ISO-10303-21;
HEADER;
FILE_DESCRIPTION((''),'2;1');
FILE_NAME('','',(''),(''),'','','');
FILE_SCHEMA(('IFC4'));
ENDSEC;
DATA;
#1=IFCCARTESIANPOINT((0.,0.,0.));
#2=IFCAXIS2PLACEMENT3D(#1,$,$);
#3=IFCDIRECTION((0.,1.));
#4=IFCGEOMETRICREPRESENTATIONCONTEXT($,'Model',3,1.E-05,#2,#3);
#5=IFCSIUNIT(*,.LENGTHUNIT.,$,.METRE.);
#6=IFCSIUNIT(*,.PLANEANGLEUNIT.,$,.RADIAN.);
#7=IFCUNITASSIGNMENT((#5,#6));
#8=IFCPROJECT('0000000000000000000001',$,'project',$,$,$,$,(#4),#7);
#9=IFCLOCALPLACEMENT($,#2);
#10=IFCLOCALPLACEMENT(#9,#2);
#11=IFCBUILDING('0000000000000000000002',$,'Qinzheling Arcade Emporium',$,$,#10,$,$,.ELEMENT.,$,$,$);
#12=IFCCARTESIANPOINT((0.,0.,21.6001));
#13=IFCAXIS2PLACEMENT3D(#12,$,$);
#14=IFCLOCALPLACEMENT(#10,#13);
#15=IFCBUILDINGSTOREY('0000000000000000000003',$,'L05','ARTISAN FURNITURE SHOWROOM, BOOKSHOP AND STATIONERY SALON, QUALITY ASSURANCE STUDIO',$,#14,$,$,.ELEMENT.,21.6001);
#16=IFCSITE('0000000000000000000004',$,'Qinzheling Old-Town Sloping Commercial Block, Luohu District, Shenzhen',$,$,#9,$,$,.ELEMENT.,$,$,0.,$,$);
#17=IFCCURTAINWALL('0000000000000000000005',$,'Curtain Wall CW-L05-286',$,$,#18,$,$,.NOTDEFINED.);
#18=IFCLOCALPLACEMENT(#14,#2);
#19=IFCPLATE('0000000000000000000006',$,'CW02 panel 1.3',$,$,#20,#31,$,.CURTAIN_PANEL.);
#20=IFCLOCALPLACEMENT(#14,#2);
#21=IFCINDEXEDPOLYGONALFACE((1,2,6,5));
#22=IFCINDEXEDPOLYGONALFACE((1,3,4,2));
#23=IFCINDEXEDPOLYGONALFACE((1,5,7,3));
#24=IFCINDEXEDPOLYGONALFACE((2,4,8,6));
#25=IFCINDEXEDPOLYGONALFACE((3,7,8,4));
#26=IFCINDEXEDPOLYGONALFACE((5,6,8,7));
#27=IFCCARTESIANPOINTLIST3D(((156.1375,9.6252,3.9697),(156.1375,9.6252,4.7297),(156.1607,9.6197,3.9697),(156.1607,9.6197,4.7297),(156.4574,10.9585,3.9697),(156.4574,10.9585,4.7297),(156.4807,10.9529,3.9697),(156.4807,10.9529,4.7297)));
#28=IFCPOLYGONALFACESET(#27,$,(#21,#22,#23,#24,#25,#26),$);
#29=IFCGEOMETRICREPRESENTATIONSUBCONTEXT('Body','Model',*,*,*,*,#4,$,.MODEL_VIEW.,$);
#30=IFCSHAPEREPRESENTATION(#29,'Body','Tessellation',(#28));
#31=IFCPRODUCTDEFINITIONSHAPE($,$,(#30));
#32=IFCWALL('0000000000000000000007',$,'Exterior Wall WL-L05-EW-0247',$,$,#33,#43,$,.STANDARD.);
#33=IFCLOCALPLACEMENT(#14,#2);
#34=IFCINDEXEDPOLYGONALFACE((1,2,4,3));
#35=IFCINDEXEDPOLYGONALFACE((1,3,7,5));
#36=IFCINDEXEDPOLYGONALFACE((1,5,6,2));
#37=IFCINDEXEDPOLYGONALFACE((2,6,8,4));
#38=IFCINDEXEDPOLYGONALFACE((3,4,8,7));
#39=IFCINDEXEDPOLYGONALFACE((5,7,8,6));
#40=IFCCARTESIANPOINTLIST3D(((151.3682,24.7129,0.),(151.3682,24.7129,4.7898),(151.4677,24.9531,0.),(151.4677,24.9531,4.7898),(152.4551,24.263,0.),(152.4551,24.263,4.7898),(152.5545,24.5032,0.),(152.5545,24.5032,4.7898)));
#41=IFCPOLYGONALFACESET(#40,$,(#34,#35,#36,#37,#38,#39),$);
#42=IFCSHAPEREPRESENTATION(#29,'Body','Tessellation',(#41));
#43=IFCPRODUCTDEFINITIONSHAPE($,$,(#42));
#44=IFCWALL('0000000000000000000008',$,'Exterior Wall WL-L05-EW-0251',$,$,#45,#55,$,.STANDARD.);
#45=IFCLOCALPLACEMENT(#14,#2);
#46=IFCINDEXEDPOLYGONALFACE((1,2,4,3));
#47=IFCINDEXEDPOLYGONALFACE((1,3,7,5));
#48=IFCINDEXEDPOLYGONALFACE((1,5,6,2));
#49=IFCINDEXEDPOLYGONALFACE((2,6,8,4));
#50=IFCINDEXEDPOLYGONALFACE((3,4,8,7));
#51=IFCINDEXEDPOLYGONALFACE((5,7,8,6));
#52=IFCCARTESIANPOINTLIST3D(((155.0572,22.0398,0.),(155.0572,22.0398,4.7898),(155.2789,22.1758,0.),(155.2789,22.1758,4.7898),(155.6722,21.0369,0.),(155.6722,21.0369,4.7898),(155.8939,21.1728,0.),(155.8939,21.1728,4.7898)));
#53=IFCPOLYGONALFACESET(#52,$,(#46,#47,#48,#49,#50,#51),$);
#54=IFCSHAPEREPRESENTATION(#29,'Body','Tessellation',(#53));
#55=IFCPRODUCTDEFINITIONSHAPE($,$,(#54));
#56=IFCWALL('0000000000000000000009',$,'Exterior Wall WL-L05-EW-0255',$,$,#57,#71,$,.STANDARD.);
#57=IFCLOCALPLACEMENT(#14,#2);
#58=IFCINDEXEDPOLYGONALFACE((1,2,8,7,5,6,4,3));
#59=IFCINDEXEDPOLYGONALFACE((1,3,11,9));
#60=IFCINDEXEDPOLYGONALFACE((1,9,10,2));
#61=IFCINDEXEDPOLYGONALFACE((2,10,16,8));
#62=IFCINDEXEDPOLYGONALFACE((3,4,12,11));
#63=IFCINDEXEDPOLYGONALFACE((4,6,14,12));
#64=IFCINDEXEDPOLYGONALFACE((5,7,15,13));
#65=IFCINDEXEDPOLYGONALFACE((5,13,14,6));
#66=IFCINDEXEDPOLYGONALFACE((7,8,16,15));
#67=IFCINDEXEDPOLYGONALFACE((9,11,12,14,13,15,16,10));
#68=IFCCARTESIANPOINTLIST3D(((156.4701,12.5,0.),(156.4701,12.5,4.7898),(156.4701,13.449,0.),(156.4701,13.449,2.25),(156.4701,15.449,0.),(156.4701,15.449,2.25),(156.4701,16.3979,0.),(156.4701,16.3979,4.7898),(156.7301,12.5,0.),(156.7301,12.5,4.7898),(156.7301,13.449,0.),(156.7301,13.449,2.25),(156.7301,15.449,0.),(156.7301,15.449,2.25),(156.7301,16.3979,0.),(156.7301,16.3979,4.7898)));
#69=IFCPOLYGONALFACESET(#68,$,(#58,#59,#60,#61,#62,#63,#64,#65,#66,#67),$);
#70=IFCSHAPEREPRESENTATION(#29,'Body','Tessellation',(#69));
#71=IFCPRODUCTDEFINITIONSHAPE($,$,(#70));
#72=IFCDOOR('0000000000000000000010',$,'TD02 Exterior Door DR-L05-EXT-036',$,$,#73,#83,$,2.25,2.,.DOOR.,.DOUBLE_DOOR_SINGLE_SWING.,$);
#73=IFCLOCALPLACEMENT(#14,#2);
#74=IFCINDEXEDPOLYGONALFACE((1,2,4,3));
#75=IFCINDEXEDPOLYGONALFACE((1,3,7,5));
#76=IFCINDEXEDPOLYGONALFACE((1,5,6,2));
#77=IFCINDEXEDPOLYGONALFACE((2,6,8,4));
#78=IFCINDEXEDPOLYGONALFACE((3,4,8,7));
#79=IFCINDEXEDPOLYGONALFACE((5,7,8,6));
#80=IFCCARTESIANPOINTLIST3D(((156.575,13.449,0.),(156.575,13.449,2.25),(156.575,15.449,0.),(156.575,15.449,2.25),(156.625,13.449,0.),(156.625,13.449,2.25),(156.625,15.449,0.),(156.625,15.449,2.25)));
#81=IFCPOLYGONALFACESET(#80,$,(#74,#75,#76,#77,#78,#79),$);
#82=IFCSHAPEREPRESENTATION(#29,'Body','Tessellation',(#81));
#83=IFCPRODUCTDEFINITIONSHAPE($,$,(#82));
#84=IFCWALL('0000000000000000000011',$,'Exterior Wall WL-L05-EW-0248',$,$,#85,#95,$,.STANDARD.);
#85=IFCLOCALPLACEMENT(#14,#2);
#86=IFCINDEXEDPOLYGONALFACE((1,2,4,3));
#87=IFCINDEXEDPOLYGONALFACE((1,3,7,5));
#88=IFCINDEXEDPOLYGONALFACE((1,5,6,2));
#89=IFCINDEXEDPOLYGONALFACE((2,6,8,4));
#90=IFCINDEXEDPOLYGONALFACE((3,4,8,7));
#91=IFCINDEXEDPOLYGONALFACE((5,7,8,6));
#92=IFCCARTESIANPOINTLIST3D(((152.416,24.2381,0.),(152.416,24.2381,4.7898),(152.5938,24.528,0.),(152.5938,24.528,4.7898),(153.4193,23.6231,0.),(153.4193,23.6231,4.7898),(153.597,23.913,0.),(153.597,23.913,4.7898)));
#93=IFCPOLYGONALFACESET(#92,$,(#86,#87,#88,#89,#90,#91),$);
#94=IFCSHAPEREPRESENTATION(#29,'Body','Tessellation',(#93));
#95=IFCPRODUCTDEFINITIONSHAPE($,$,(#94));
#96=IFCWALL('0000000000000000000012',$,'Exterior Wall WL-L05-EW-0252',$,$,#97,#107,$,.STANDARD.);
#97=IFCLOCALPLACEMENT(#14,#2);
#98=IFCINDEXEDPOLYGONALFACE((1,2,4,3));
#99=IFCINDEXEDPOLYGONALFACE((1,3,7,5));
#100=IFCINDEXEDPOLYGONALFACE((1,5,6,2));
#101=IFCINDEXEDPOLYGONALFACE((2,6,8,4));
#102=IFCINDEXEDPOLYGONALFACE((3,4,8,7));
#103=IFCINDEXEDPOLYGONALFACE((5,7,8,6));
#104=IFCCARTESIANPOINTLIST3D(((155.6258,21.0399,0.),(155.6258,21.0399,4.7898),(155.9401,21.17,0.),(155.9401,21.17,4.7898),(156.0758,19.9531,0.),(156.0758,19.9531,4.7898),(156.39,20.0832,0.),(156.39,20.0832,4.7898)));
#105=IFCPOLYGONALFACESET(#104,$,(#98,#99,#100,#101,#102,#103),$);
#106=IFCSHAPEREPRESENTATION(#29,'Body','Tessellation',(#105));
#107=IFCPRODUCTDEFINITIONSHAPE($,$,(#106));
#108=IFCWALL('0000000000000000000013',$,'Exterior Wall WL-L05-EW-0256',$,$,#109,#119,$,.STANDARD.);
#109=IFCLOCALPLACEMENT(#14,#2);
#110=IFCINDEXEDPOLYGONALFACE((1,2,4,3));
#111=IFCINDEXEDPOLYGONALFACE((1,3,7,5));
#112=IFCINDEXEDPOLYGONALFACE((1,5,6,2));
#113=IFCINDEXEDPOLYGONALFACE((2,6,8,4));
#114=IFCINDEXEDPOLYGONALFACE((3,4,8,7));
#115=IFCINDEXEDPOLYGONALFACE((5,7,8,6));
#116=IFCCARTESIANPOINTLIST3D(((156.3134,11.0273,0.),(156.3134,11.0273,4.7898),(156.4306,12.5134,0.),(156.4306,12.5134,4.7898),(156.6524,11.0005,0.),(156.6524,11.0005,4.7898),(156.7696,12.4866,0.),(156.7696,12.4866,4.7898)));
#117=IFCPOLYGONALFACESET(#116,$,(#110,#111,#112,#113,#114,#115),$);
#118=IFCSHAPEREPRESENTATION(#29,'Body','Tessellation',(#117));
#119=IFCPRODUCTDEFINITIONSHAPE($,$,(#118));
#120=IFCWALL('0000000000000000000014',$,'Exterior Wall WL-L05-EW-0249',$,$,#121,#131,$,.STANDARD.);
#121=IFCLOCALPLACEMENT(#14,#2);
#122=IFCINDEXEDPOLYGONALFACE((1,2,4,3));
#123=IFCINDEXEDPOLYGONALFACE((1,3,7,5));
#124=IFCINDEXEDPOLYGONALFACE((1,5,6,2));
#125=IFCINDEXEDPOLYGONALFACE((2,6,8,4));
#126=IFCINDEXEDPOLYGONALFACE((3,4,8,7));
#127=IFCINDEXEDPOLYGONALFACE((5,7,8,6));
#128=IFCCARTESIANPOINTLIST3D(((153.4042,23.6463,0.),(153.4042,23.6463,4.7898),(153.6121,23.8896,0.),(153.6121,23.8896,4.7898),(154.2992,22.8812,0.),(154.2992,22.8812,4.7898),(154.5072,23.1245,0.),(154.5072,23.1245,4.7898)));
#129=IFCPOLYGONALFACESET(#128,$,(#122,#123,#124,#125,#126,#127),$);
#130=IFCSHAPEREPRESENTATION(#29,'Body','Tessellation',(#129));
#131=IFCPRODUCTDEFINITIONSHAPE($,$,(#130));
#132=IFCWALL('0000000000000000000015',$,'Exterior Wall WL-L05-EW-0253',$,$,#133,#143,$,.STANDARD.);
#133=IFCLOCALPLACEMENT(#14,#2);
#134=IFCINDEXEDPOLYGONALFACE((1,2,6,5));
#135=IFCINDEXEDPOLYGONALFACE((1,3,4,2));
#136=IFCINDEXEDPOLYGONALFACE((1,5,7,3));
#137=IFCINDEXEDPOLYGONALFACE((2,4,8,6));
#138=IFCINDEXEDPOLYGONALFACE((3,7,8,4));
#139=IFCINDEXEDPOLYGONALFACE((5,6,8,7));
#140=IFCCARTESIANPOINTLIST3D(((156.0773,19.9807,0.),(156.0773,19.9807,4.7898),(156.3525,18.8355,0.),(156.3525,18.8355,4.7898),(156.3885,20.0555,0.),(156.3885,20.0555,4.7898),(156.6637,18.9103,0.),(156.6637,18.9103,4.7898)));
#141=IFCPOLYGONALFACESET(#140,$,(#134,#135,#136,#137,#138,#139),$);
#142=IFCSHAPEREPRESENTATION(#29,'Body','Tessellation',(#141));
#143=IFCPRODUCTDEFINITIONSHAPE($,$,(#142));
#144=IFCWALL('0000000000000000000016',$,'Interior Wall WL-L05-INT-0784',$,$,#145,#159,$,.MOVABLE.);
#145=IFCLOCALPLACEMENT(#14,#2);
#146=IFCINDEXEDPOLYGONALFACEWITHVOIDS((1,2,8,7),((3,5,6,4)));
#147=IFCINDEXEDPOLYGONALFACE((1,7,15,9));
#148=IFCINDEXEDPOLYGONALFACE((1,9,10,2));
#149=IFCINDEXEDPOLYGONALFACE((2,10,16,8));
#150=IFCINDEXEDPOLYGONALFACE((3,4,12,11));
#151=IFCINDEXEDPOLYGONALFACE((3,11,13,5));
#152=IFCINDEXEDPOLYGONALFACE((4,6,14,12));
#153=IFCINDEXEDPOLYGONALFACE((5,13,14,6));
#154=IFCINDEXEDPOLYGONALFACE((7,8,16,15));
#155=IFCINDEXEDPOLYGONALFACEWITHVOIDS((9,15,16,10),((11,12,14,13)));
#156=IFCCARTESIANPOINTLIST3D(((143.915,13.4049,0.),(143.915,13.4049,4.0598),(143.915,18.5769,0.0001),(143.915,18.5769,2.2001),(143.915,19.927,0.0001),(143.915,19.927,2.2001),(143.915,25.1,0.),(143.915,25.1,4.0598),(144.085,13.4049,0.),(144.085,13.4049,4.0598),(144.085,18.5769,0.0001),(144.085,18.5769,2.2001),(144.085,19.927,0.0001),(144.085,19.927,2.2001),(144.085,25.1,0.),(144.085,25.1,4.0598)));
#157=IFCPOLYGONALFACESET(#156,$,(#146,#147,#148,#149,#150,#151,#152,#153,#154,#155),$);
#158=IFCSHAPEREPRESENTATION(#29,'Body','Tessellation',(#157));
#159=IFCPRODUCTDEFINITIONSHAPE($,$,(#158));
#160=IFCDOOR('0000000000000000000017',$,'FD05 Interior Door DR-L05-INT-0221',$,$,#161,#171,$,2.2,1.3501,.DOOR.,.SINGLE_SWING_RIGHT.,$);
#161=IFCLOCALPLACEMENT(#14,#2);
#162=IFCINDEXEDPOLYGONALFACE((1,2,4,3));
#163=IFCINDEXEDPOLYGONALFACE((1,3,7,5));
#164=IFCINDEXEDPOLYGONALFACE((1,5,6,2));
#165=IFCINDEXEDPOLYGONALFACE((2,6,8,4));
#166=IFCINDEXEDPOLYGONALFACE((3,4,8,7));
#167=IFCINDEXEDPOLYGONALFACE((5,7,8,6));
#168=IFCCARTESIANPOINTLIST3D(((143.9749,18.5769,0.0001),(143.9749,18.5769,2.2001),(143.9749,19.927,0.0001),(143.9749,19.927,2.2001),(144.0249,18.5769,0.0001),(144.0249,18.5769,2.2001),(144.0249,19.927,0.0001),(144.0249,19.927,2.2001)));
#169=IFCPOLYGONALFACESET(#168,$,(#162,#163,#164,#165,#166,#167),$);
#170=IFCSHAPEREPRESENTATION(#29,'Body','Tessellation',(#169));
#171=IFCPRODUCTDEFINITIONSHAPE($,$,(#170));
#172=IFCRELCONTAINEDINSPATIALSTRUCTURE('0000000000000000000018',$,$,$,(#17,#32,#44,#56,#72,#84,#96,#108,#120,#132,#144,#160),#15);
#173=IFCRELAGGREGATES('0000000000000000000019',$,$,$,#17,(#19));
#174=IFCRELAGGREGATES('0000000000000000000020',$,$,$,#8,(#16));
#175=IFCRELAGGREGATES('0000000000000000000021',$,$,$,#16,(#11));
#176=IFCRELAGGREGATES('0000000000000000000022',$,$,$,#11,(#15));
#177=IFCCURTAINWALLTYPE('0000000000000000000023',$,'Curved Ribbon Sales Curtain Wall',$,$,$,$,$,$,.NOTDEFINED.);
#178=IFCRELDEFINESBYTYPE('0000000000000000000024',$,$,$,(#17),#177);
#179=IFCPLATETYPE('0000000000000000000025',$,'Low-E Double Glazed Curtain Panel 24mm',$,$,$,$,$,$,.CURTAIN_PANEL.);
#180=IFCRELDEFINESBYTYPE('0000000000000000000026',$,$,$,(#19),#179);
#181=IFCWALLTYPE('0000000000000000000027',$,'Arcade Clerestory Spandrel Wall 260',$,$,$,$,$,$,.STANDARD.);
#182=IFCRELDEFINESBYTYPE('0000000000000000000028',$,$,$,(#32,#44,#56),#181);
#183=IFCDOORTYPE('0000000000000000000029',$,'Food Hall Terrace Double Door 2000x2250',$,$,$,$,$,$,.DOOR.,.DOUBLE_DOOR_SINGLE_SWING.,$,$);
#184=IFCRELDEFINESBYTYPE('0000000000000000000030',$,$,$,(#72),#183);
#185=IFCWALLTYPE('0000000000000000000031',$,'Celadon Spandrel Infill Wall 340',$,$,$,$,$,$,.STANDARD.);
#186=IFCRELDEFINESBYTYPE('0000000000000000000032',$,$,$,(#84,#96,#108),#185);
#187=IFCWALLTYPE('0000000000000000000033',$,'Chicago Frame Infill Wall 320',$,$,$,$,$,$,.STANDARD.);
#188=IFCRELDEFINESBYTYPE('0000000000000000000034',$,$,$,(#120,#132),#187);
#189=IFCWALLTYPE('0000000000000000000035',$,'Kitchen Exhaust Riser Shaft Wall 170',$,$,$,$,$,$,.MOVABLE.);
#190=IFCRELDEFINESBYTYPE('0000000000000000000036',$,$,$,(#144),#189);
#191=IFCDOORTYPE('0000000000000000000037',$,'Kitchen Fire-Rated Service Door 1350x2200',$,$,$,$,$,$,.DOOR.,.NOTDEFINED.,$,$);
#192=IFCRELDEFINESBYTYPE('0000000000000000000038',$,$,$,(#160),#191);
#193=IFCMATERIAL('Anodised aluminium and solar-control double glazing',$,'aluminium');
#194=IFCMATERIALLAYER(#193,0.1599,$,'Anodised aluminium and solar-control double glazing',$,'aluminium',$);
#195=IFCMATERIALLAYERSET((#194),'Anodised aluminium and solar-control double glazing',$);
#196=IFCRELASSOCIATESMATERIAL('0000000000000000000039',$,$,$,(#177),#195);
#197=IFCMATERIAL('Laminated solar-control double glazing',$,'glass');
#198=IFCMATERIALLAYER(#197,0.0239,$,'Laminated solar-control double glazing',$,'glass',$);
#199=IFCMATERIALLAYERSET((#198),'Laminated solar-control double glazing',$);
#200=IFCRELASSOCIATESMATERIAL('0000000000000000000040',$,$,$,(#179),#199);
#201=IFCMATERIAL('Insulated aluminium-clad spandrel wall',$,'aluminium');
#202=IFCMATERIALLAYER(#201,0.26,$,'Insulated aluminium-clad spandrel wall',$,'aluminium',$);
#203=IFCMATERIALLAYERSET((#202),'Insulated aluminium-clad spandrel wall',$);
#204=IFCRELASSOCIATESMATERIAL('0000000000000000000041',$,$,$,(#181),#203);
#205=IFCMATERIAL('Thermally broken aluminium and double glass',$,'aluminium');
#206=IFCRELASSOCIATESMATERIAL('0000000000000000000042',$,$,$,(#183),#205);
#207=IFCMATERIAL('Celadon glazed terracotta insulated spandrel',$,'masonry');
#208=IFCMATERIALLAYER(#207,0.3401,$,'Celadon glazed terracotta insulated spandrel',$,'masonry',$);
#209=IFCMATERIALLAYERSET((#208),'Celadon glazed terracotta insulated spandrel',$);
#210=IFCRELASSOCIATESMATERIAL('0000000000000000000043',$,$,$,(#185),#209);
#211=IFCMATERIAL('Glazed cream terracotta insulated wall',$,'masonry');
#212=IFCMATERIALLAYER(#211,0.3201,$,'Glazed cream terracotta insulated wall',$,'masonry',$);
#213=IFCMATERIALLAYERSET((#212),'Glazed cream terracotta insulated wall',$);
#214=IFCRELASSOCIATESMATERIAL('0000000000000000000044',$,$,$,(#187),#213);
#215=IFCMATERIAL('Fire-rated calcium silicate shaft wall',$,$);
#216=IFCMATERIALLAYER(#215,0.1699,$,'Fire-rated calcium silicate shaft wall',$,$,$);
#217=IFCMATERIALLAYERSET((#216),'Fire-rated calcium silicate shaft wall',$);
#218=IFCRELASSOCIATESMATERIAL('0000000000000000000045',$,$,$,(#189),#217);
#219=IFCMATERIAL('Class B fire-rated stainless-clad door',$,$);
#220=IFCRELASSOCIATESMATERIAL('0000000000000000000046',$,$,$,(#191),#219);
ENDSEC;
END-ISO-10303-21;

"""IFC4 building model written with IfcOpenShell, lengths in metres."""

from ifc_helpers import new_model, si_unit, direction, frame, frame_2d, origin, origin_2d, place, context, subcontext, project, spatial, rectangle, extrude, material, layer, layer_set, type_object, element, fill, aggregate, save


model = new_model("IFC4")

# Units and contexts
model_context = context("Model", 3, precision=1e-05, world=origin(), true_north=direction((0.0, 1.0)))
body_context = subcontext(model_context, "Body", "Model", "MODEL_VIEW")
ifc_project = project(units=[si_unit("LENGTHUNIT", "METRE"), si_unit("PLANEANGLEUNIT", "RADIAN")], contexts=[model_context])

# Site, building, storey
site_placement = place(None, origin())
site = spatial("IfcSite", under=ifc_project, at=site_placement, Name="Qinzheling Old-Town Sloping Commercial Block, Luohu District, Shenzhen", CompositionType="ELEMENT", RefElevation=0.0)
building_placement = place(site_placement, origin())
building = spatial("IfcBuilding", under=site, at=building_placement, Name="Qinzheling Arcade Emporium", CompositionType="ELEMENT")
storey_placement = place(building_placement, frame((0.0, 0.0, 21.6001)))
storey = spatial("IfcBuildingStorey", under=building, at=storey_placement, Name="L05", Description="ARTISAN FURNITURE SHOWROOM, BOOKSHOP AND STATIONERY SALON, QUALITY ASSURANCE STUDIO", CompositionType="ELEMENT", Elevation=21.6001)

# Curtain wall
ifc_material_1 = material(Name="Anodised aluminium and solar-control double glazing", Category="aluminium")
ifc_layer_1 = layer(ifc_material_1, 0.1599, Name="Anodised aluminium and solar-control double glazing", Category="aluminium")
ifc_layer_set_1 = layer_set([ifc_layer_1], Name="Anodised aluminium and solar-control double glazing")
curtain_wall_type_1 = type_object("IfcCurtainWallType", Name="Curved Ribbon Sales Curtain Wall", PredefinedType="NOTDEFINED", material=ifc_layer_set_1)
curtain_wall_1_placement = place(storey_placement, origin())
curtain_wall_1 = element("IfcCurtainWall", 1, at=curtain_wall_1_placement, inside=storey, type_object=curtain_wall_type_1, Name="Curtain Wall CW-L05-286", PredefinedType="NOTDEFINED")

# Plate
ifc_material_2 = material(Name="Laminated solar-control double glazing", Category="glass")
ifc_layer_2 = layer(ifc_material_2, 0.0239, Name="Laminated solar-control double glazing", Category="glass")
ifc_layer_set_2 = layer_set([ifc_layer_2], Name="Laminated solar-control double glazing")
plate_type = type_object("IfcPlateType", Name="Low-E Double Glazed Curtain Panel 24mm", PredefinedType="CURTAIN_PANEL", material=ifc_layer_set_2)
plate_1_placement = place(storey_placement, frame((156.3091, 10.2891, 3.9697), z_axis=(0.0, 0.0, 1.0), x_axis=(-0.233373, -0.972387, 0.0)))
plate_1 = element("IfcPlate", 2, at=plate_1_placement, type_object=plate_type, Name="CW02 panel 1.3", PredefinedType="CURTAIN_PANEL", context=body_context, shape_type="SweptSolid", body=[
    extrude(rectangle(XDim=1.3711, YDim=0.0239, at=origin_2d()), origin(), (0.0, 0.0, 1.0), 0.76),
])
aggregate(curtain_wall_1, [plate_1])

# Walls
ifc_material_3 = material(Name="Insulated aluminium-clad spandrel wall", Category="aluminium")
ifc_layer_3 = layer(ifc_material_3, 0.26, Name="Insulated aluminium-clad spandrel wall", Category="aluminium")
ifc_layer_set_3 = layer_set([ifc_layer_3], Name="Insulated aluminium-clad spandrel wall")
wall_type_1 = type_object("IfcWallType", Name="Arcade Clerestory Spandrel Wall 260", PredefinedType="STANDARD", material=ifc_layer_set_3)
wall_1_placement = place(storey_placement, frame((151.418, 24.833, 0.0), z_axis=(0.0, 0.0, 1.0), x_axis=(0.923959, -0.382492, 0.0)))
element("IfcWall", 3, at=wall_1_placement, inside=storey, type_object=wall_type_1, Name="Exterior Wall WL-L05-EW-0247", PredefinedType="STANDARD", context=body_context, shape_type="SweptSolid", body=[
    extrude(rectangle(XDim=1.1763, YDim=0.26, at=frame_2d((0.5881, 0.0))), origin(), (0.0, 0.0, 1.0), 4.7898),
])
wall_2_placement = place(storey_placement, frame((155.168, 22.1079, 0.0), z_axis=(0.0, 0.0, 1.0), x_axis=(0.522742, -0.852491, 0.0)))
element("IfcWall", 4, at=wall_2_placement, inside=storey, type_object=wall_type_1, Name="Exterior Wall WL-L05-EW-0251", PredefinedType="STANDARD", context=body_context, shape_type="SweptSolid", body=[
    extrude(rectangle(XDim=1.1765, YDim=0.26, at=frame_2d((0.5884, 0.0))), origin(), (0.0, 0.0, 1.0), 4.7898),
])

# Wall, opening, door
wall_3_placement = place(storey_placement, frame((156.6001, 16.3979, 0.0), z_axis=(0.0, 0.0, 1.0), x_axis=(0.0, -1.0, 0.0)))
wall_3 = element("IfcWall", 5, at=wall_3_placement, inside=storey, type_object=wall_type_1, Name="Exterior Wall WL-L05-EW-0255", PredefinedType="STANDARD", context=body_context, shape_type="SweptSolid", body=[
    extrude(rectangle(XDim=3.8979, YDim=0.26, at=frame_2d((1.949, 0.0))), origin(), (0.0, 0.0, 1.0), 4.7898),
])
opening_1_placement = place(wall_3_placement, frame((0.949, 0.0, 0.0)))
opening_1 = element("IfcOpeningElement", 6, at=opening_1_placement, cuts=wall_3, PredefinedType="OPENING", context=body_context, shape_type="SweptSolid", body=[
    extrude(rectangle(XDim=2.0, YDim=2.25, at=frame_2d((1.0, 1.125))), frame((0.0, 0.1401, 0.0), z_axis=(0.0, -1.0, 0.0), x_axis=(1.0, 0.0, 0.0)), (0.0, 0.0, 1.0), 0.28),
])
ifc_material_4 = material(Name="Thermally broken aluminium and double glass", Category="aluminium")
door_type_1 = type_object("IfcDoorType", Name="Food Hall Terrace Double Door 2000x2250", OperationType="DOUBLE_DOOR_SINGLE_SWING", PredefinedType="DOOR", material=ifc_material_4)
door_1_placement = place(opening_1_placement, origin())
door_1 = element("IfcDoor", 7, at=door_1_placement, inside=storey, type_object=door_type_1, Name="TD02 Exterior Door DR-L05-EXT-036", OperationType="DOUBLE_DOOR_SINGLE_SWING", OverallHeight=2.25, OverallWidth=2.0, PredefinedType="DOOR", context=body_context, shape_type="SweptSolid", body=[
    extrude(rectangle(XDim=2.0, YDim=2.25, at=frame_2d((1.0, 1.125))), frame((0.0, 0.0249, 0.0), z_axis=(0.0, -1.0, 0.0), x_axis=(1.0, 0.0, 0.0)), (0.0, 0.0, 1.0), 0.05),
])
fill(opening_1, door_1)

# Walls
ifc_material_5 = material(Name="Celadon glazed terracotta insulated spandrel", Category="masonry")
ifc_layer_4 = layer(ifc_material_5, 0.3401, Name="Celadon glazed terracotta insulated spandrel", Category="masonry")
ifc_layer_set_4 = layer_set([ifc_layer_4], Name="Celadon glazed terracotta insulated spandrel")
wall_type_2 = type_object("IfcWallType", Name="Celadon Spandrel Infill Wall 340", PredefinedType="STANDARD", material=ifc_layer_set_4)
wall_4_placement = place(storey_placement, frame((152.5049, 24.3831, 0.0), z_axis=(0.0, 0.0, 1.0), x_axis=(0.852548, -0.52265, 0.0)))
element("IfcWall", 8, at=wall_4_placement, inside=storey, type_object=wall_type_2, Name="Exterior Wall WL-L05-EW-0248", PredefinedType="STANDARD", context=body_context, shape_type="SweptSolid", body=[
    extrude(rectangle(XDim=1.1768, YDim=0.3401, at=frame_2d((0.5884, 0.0))), origin(), (0.0, 0.0, 1.0), 4.7898),
])
wall_5_placement = place(storey_placement, frame((155.783, 21.105, 0.0), z_axis=(0.0, 0.0, 1.0), x_axis=(0.382492, -0.923959, 0.0)))
element("IfcWall", 9, at=wall_5_placement, inside=storey, type_object=wall_type_2, Name="Exterior Wall WL-L05-EW-0252", PredefinedType="STANDARD", context=body_context, shape_type="SweptSolid", body=[
    extrude(rectangle(XDim=1.1763, YDim=0.3401, at=frame_2d((0.5881, 0.0))), origin(), (0.0, 0.0, 1.0), 4.7898),
])
wall_6_placement = place(storey_placement, frame((156.6001, 12.5, 0.0), z_axis=(0.0, 0.0, 1.0), x_axis=(-0.078613, -0.996905, 0.0)))
element("IfcWall", 10, at=wall_6_placement, inside=storey, type_object=wall_type_2, Name="Exterior Wall WL-L05-EW-0256", PredefinedType="STANDARD", context=body_context, shape_type="SweptSolid", body=[
    extrude(rectangle(XDim=1.4907, YDim=0.3401, at=frame_2d((0.7454, 0.0))), origin(), (0.0, 0.0, 1.0), 4.7898),
])
ifc_material_6 = material(Name="Glazed cream terracotta insulated wall", Category="masonry")
ifc_layer_5 = layer(ifc_material_6, 0.3201, Name="Glazed cream terracotta insulated wall", Category="masonry")
ifc_layer_set_5 = layer_set([ifc_layer_5], Name="Glazed cream terracotta insulated wall")
wall_type_3 = type_object("IfcWallType", Name="Chicago Frame Infill Wall 320", PredefinedType="STANDARD", material=ifc_layer_set_5)
wall_7_placement = place(storey_placement, frame((153.5081, 23.7681, 0.0), z_axis=(0.0, 0.0, 1.0), x_axis=(0.760105, -0.6498, 0.0)))
element("IfcWall", 11, at=wall_7_placement, inside=storey, type_object=wall_type_3, Name="Exterior Wall WL-L05-EW-0249", PredefinedType="STANDARD", context=body_context, shape_type="SweptSolid", body=[
    extrude(rectangle(XDim=1.1775, YDim=0.3201, at=frame_2d((0.5889, 0.0))), origin(), (0.0, 0.0, 1.0), 4.7898),
])
wall_8_placement = place(storey_placement, frame((156.2329, 20.0181, 0.0), z_axis=(0.0, 0.0, 1.0), x_axis=(0.233647, -0.972321, 0.0)))
element("IfcWall", 12, at=wall_8_placement, inside=storey, type_object=wall_type_3, Name="Exterior Wall WL-L05-EW-0253", PredefinedType="STANDARD", context=body_context, shape_type="SweptSolid", body=[
    extrude(rectangle(XDim=1.1777, YDim=0.3201, at=frame_2d((0.5889, 0.0))), origin(), (0.0, 0.0, 1.0), 4.7898),
])

# Wall, opening, door
ifc_material_7 = material(Name="Fire-rated calcium silicate shaft wall")
ifc_layer_6 = layer(ifc_material_7, 0.1699, Name="Fire-rated calcium silicate shaft wall")
ifc_layer_set_6 = layer_set([ifc_layer_6], Name="Fire-rated calcium silicate shaft wall")
wall_type_4 = type_object("IfcWallType", Name="Kitchen Exhaust Riser Shaft Wall 170", PredefinedType="MOVABLE", material=ifc_layer_set_6)
wall_9_placement = place(storey_placement, frame((144.0, 25.1001, 0.0), z_axis=(0.0, 0.0, 1.0), x_axis=(0.0, -1.0, 0.0)))
wall_9 = element("IfcWall", 13, at=wall_9_placement, inside=storey, type_object=wall_type_4, Name="Interior Wall WL-L05-INT-0784", PredefinedType="MOVABLE", context=body_context, shape_type="SweptSolid", body=[
    extrude(rectangle(XDim=11.6951, YDim=0.1699, at=frame_2d((5.8477, 0.0))), origin(), (0.0, 0.0, 1.0), 4.0598),
])
opening_2_placement = place(wall_9_placement, frame((5.1731, 0.0, 0.0)))
opening_2 = element("IfcOpeningElement", 14, at=opening_2_placement, cuts=wall_9, PredefinedType="OPENING", context=body_context, shape_type="SweptSolid", body=[
    extrude(rectangle(XDim=1.3501, YDim=2.2, at=frame_2d((0.675, 1.1001))), frame((0.0, 0.095, 0.0), z_axis=(0.0, -1.0, 0.0), x_axis=(1.0, 0.0, 0.0)), (0.0, 0.0, 1.0), 0.1899),
])
ifc_material_8 = material(Name="Class B fire-rated stainless-clad door")
door_type_2 = type_object("IfcDoorType", Name="Kitchen Fire-Rated Service Door 1350x2200", OperationType="NOTDEFINED", PredefinedType="DOOR", material=ifc_material_8)
door_2_placement = place(opening_2_placement, origin())
door_2 = element("IfcDoor", 15, at=door_2_placement, inside=storey, type_object=door_type_2, Name="FD05 Interior Door DR-L05-INT-0221", OperationType="SINGLE_SWING_RIGHT", OverallHeight=2.2, OverallWidth=1.3501, PredefinedType="DOOR", context=body_context, shape_type="SweptSolid", body=[
    extrude(rectangle(XDim=1.3501, YDim=2.2, at=frame_2d((0.675, 1.1001))), frame((0.0, 0.0249, 0.0), z_axis=(0.0, -1.0, 0.0), x_axis=(1.0, 0.0, 0.0)), (0.0, 0.0, 1.0), 0.05),
])
fill(opening_2, door_2)

save(model, "model.ifc")
